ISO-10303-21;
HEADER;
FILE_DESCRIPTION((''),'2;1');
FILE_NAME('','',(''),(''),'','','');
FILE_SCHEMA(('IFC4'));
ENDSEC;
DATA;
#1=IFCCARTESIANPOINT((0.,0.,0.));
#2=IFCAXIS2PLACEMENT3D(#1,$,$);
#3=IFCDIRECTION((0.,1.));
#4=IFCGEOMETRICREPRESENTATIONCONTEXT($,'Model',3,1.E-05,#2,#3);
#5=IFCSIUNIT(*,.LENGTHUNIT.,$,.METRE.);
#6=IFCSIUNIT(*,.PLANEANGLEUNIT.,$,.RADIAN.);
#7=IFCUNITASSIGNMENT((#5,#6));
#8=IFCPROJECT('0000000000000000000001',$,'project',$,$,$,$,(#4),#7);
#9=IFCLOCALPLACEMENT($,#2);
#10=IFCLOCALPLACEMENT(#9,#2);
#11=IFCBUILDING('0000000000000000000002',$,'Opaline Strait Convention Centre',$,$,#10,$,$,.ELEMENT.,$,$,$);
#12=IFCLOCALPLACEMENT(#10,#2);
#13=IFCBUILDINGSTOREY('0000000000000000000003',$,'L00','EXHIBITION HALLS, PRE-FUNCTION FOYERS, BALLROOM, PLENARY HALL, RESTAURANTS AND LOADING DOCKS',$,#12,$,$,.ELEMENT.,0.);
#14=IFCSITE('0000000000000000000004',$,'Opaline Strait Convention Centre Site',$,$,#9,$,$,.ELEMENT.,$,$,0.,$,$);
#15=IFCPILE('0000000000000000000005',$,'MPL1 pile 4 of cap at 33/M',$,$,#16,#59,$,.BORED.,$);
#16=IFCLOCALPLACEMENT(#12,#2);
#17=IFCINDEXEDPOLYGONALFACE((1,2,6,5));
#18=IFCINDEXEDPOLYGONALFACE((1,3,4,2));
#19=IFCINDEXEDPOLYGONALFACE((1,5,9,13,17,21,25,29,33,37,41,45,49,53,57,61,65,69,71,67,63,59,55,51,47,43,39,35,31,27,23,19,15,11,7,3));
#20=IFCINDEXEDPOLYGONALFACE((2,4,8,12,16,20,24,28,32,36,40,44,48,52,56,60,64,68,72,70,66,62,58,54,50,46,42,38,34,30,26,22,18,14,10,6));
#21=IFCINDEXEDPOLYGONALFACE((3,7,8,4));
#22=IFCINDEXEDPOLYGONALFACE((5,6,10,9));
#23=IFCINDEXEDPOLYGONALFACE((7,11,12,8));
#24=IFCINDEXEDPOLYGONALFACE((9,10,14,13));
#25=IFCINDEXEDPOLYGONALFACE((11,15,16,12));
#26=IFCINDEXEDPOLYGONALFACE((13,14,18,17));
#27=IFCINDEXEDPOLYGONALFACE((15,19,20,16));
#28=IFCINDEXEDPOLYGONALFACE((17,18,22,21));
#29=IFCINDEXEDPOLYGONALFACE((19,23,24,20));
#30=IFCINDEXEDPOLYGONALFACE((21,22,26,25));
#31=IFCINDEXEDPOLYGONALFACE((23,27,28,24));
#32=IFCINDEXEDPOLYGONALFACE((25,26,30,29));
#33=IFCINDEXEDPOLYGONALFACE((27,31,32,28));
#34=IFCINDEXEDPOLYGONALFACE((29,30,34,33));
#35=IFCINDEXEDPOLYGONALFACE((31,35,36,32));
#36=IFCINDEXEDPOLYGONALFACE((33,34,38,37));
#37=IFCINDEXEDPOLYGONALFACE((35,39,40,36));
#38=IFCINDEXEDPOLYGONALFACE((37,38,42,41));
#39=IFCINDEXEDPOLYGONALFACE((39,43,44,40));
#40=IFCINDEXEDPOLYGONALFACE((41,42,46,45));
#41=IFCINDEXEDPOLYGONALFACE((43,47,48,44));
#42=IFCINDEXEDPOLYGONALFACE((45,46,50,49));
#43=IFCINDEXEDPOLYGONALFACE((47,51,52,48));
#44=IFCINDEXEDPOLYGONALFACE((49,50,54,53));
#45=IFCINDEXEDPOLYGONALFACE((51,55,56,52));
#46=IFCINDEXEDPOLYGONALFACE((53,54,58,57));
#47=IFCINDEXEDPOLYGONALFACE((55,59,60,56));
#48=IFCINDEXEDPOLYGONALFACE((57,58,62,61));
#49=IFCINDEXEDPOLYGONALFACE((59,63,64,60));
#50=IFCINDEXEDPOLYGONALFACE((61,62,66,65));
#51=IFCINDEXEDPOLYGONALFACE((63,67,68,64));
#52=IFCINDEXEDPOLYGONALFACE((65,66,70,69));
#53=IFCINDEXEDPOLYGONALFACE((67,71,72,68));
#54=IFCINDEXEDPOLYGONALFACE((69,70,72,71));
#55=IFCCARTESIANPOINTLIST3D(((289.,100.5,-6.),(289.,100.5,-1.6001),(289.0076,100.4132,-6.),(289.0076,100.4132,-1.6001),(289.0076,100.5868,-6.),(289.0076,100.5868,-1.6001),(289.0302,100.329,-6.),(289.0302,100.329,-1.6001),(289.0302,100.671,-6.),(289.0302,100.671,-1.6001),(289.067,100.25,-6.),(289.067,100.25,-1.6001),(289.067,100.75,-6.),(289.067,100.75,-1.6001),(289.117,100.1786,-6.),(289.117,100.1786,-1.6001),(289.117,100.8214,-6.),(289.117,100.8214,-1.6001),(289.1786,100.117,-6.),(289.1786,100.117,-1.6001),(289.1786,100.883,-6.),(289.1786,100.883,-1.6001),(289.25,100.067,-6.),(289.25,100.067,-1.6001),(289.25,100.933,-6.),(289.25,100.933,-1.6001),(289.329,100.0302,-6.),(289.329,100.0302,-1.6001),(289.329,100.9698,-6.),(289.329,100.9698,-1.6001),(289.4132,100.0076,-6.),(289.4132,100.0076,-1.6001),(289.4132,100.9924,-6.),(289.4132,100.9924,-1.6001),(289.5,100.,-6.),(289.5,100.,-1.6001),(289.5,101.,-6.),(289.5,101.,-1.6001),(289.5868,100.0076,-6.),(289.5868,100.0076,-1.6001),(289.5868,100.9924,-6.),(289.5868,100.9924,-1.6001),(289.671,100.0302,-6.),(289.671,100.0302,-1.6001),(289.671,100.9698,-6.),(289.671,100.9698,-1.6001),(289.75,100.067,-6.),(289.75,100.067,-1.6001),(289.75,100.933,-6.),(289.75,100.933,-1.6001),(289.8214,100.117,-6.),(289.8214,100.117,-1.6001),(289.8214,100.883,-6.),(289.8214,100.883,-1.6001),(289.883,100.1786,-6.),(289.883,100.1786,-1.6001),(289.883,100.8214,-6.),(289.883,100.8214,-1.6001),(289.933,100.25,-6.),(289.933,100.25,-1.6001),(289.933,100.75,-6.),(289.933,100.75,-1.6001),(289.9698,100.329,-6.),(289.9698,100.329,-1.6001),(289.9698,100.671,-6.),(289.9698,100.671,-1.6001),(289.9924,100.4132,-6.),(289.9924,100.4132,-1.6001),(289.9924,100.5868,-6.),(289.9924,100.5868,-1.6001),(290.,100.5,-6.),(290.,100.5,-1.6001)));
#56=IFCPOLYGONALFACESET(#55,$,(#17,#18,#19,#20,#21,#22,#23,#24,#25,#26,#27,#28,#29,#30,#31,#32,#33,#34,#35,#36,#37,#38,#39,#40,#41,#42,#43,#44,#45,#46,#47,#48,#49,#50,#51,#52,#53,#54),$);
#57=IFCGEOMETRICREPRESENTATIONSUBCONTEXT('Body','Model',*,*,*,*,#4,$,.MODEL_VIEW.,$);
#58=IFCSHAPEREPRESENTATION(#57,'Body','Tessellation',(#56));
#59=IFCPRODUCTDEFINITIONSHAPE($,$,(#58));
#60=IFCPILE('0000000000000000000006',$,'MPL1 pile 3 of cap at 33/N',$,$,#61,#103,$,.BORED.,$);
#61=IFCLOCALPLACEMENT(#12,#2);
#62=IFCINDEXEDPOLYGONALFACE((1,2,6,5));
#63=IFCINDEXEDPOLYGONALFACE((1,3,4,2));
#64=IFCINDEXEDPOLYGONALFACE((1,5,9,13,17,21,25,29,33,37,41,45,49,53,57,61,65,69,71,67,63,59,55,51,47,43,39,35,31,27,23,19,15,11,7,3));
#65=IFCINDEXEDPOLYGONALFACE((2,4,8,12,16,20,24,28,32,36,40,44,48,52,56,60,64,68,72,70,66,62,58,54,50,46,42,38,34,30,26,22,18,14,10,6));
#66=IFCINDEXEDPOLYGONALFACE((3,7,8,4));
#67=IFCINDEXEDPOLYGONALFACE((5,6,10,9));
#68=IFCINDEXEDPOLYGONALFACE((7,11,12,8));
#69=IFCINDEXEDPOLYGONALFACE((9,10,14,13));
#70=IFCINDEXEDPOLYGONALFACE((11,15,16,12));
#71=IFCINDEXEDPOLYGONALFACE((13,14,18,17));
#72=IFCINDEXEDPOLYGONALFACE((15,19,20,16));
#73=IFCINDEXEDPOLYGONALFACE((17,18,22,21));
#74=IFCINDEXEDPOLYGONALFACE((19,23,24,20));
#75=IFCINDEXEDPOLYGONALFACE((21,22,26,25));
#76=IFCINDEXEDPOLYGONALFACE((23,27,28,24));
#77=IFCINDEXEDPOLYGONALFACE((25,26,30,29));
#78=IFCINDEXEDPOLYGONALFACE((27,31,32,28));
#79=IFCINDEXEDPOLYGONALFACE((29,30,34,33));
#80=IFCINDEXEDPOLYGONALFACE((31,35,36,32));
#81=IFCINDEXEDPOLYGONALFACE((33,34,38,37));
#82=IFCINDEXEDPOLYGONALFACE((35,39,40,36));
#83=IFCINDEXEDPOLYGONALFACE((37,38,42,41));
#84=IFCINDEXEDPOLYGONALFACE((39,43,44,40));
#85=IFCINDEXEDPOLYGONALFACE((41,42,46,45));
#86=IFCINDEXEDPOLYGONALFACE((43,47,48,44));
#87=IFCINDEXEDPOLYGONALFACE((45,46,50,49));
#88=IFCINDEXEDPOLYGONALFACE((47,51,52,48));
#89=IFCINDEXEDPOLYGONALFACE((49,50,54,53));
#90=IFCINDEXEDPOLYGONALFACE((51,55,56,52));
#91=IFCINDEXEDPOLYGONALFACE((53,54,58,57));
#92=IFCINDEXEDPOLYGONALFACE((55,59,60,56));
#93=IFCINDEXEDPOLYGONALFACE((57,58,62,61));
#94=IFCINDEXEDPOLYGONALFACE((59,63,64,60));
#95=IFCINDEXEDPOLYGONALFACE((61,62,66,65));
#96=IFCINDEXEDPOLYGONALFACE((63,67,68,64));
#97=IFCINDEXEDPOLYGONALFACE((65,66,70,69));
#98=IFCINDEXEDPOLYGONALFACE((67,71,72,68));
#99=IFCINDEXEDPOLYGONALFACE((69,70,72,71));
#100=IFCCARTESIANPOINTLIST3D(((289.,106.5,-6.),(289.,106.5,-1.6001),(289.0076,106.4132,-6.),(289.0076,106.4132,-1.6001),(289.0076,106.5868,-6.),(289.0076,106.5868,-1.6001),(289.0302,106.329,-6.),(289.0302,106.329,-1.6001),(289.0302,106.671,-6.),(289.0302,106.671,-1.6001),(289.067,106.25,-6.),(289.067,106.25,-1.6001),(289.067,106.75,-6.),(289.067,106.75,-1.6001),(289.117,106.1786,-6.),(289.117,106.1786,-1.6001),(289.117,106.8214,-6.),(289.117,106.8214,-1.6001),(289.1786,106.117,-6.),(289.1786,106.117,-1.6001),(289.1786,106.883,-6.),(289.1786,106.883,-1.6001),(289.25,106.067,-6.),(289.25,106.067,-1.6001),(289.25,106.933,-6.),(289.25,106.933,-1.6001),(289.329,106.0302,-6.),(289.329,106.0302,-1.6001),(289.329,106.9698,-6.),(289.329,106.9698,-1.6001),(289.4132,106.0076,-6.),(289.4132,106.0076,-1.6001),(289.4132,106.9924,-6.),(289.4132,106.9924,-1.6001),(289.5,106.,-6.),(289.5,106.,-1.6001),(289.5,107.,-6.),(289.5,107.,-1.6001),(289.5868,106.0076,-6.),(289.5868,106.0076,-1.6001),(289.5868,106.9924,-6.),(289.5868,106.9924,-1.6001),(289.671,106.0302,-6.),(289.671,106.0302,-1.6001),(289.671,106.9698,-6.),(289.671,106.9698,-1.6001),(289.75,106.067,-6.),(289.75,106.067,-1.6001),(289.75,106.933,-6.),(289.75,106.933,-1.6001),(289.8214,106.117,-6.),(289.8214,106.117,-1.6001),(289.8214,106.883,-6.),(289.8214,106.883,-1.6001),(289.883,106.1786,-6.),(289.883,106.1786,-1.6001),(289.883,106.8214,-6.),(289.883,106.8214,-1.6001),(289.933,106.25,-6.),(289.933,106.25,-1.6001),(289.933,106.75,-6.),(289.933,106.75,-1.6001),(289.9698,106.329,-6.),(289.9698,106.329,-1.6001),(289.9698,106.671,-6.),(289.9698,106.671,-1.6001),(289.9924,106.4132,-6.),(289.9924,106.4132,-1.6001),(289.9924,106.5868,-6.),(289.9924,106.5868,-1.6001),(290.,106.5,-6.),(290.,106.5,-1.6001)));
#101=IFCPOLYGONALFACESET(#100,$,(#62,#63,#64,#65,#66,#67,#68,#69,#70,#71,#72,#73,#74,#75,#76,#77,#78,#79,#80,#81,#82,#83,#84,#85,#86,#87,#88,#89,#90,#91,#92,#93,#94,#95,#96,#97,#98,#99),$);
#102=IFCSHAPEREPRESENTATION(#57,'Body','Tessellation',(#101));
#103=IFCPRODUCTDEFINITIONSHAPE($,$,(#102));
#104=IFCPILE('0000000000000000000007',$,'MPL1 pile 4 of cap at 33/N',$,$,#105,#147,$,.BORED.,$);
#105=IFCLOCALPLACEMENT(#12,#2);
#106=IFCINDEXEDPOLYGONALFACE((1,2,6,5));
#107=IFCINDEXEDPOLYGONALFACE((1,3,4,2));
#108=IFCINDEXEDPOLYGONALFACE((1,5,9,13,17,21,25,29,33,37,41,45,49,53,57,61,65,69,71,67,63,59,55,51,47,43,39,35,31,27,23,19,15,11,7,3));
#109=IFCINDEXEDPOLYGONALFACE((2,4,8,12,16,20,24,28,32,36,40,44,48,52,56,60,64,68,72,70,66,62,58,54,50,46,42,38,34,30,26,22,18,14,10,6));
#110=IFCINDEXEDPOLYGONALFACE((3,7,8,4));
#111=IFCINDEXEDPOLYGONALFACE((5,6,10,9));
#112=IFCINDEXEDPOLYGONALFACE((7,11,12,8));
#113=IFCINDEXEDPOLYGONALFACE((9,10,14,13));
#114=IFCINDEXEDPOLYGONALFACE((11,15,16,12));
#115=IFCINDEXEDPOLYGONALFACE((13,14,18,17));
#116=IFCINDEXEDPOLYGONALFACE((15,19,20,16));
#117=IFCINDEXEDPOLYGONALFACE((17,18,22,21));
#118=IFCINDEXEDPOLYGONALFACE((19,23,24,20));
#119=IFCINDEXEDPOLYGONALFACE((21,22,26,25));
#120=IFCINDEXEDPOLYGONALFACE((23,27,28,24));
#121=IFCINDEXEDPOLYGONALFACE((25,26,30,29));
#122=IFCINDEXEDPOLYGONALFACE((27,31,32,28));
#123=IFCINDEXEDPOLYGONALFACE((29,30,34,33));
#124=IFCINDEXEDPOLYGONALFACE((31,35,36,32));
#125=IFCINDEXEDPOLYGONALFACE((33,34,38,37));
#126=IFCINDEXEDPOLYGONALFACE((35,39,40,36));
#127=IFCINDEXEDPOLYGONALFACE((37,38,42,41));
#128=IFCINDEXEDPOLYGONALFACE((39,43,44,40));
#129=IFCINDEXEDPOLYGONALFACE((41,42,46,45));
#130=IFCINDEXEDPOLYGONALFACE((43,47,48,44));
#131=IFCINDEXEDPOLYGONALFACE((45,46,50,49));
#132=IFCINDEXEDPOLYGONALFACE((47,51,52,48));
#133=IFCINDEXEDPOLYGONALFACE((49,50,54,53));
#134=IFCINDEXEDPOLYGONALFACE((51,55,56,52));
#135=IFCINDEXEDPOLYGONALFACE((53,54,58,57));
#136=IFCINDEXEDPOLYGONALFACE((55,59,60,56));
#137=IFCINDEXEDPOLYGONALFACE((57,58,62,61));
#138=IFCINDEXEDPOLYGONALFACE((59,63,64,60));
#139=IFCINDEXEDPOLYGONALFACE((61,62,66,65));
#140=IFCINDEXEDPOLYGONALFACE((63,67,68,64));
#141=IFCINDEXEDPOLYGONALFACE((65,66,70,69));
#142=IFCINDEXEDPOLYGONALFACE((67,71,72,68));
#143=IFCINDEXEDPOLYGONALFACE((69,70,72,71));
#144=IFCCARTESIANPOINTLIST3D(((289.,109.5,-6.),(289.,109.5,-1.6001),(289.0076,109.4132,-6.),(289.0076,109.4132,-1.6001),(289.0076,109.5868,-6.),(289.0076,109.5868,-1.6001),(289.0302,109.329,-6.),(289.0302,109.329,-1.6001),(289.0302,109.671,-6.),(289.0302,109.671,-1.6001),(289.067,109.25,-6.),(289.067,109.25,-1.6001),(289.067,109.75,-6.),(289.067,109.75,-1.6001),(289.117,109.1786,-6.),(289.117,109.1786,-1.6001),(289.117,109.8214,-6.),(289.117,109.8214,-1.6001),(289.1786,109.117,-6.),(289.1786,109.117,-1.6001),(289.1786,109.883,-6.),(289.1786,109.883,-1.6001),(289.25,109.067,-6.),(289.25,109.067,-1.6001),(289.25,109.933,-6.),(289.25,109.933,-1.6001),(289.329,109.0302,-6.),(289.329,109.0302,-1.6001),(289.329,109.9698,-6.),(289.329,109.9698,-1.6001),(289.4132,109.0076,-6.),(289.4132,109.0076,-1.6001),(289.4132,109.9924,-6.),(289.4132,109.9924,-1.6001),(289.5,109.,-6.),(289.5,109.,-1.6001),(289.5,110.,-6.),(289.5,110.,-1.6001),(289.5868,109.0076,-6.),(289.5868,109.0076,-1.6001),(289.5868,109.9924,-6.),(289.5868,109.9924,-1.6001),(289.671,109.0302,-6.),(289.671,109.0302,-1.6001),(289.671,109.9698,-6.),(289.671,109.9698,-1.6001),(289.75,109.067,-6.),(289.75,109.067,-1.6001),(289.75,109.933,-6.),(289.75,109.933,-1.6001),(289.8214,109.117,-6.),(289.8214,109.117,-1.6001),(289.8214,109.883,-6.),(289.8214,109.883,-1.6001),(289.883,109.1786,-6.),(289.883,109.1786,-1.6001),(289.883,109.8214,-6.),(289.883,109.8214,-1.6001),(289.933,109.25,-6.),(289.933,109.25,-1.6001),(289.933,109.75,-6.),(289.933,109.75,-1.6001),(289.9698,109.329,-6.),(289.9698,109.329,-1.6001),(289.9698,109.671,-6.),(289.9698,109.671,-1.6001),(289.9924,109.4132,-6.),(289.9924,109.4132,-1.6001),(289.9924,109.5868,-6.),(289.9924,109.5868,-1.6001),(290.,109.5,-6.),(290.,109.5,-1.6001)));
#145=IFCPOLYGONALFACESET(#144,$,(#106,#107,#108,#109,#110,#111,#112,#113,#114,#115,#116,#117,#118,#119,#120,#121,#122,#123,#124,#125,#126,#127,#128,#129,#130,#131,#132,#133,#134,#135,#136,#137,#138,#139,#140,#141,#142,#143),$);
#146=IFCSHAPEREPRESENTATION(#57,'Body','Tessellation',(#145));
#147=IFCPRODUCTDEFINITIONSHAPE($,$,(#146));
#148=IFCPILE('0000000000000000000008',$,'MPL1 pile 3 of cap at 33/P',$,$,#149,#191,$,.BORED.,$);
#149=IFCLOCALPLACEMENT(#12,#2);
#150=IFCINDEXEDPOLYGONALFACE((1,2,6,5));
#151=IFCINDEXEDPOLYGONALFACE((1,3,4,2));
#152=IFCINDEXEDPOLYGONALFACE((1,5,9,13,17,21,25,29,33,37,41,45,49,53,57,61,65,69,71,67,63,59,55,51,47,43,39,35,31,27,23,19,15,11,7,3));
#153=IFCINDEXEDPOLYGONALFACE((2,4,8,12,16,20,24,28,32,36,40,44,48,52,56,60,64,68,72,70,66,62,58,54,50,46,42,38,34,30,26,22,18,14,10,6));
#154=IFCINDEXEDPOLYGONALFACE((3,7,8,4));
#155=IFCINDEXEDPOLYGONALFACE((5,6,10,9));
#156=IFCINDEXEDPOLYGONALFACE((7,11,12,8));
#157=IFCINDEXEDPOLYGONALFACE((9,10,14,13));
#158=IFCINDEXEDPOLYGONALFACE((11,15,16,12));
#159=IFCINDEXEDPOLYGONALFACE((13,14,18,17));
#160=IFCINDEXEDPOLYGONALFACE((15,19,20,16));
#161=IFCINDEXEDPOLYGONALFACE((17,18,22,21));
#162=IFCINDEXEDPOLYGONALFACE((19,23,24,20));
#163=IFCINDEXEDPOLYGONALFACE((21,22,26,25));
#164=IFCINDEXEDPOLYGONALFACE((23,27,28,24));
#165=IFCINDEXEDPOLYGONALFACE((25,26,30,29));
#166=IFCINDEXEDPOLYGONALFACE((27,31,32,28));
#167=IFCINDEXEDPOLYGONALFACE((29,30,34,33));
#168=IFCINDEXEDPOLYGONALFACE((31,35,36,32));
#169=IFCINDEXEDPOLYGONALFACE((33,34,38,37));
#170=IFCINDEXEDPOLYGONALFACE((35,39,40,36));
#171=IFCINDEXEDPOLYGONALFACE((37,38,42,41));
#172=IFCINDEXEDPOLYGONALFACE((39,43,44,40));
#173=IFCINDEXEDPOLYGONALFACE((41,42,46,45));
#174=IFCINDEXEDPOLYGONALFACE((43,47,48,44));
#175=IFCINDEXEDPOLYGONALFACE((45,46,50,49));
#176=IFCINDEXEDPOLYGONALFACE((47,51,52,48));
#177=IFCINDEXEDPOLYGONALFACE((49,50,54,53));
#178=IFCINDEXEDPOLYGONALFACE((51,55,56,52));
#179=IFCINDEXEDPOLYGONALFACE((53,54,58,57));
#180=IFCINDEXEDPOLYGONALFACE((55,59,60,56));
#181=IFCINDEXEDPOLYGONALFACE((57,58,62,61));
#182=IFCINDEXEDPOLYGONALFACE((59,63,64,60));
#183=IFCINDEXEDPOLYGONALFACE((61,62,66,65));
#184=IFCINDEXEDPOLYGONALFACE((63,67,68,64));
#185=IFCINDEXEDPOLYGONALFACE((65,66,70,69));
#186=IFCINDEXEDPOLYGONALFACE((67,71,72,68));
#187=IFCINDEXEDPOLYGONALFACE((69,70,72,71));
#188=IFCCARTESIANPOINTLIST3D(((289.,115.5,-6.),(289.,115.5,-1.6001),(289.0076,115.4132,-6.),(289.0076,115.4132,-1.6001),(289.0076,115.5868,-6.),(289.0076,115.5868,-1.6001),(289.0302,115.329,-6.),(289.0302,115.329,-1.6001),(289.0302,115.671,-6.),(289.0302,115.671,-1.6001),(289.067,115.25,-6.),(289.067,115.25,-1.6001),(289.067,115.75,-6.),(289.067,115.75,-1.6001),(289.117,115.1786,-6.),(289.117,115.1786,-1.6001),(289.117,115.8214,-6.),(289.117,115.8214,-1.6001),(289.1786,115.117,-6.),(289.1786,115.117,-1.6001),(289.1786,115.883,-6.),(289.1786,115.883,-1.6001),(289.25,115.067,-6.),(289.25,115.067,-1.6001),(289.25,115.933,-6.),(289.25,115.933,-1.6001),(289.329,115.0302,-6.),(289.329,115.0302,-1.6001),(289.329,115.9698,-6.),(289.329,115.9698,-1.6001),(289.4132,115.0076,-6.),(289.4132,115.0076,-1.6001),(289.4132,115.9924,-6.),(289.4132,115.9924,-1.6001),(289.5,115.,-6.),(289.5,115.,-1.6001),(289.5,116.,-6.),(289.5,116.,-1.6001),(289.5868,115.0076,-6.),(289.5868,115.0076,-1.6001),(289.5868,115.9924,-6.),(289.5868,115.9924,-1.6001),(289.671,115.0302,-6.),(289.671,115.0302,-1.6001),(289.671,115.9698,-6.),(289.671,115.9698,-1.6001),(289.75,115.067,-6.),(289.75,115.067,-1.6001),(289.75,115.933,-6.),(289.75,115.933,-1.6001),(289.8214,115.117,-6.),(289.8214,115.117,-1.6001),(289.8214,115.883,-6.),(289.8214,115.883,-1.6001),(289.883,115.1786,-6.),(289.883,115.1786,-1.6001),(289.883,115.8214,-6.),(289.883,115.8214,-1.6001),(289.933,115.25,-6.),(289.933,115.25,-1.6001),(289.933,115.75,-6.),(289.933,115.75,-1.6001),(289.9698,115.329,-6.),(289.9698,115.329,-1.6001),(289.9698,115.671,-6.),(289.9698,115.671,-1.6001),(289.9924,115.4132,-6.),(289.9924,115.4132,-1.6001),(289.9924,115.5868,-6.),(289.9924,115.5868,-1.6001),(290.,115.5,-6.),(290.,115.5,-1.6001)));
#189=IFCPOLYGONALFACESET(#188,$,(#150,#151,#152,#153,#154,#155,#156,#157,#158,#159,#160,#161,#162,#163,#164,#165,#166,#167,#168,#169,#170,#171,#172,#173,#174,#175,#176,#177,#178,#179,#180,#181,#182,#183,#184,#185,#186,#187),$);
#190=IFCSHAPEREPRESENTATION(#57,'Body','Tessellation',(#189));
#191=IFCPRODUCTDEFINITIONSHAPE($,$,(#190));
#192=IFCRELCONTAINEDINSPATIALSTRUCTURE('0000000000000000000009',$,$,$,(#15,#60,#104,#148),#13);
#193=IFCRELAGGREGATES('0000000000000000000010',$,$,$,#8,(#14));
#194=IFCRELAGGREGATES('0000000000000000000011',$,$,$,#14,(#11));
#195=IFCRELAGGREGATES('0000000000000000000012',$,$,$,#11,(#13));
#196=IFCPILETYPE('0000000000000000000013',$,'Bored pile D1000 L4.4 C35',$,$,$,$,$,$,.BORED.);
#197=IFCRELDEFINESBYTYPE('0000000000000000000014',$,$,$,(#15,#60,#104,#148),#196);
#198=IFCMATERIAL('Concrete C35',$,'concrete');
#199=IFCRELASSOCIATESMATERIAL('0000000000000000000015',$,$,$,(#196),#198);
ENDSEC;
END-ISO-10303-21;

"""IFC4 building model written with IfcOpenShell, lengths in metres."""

from ifc_helpers import new_model, si_unit, direction, frame, origin, origin_2d, place, context, subcontext, project, spatial, circle, extrude, material, material_profile, profile_set, type_object, element, save


model = new_model("IFC4")

# Units and contexts
model_context = context("Model", 3, precision=1e-05, world=origin(), true_north=direction((0.0, 1.0)))
body_context = subcontext(model_context, "Body", "Model", "MODEL_VIEW")
ifc_project = project(units=[si_unit("LENGTHUNIT", "METRE"), si_unit("PLANEANGLEUNIT", "RADIAN")], contexts=[model_context])

# Site, building, storey
site_placement = place(None, origin())
site = spatial("IfcSite", under=ifc_project, at=site_placement, Name="Opaline Strait Convention Centre Site", CompositionType="ELEMENT", RefElevation=0.0)
building_placement = place(site_placement, origin())
building = spatial("IfcBuilding", under=site, at=building_placement, Name="Opaline Strait Convention Centre", CompositionType="ELEMENT")
storey_placement = place(building_placement, origin())
storey = spatial("IfcBuildingStorey", under=building, at=storey_placement, Name="L00", Description="EXHIBITION HALLS, PRE-FUNCTION FOYERS, BALLROOM, PLENARY HALL, RESTAURANTS AND LOADING DOCKS", CompositionType="ELEMENT", Elevation=0.0)

# Piles
ifc_material_1 = material(Name="Concrete C35", Category="concrete")
ifc_material_profile_1 = material_profile(ifc_material_1, circle(Radius=0.5, at=origin_2d()), Name="D1000")
ifc_profile_set_1 = profile_set([ifc_material_profile_1], Name="Concrete C35")
pile_type = type_object("IfcPileType", Name="Bored pile D1000 L4.4 C35", PredefinedType="BORED", material=ifc_profile_set_1)
for number, where, z_axis, x_axis, name in (
    (1, (289.5, 100.5, -1.6001), (0.0, 0.0, -1.0), (1.0, 0.0, 0.0), "MPL1 pile 4 of cap at 33/M"),
    (2, (289.5, 106.5, -1.6001), (0.0, 0.0, -1.0), (1.0, 0.0, 0.0), "MPL1 pile 3 of cap at 33/N"),
    (3, (289.5, 109.5, -1.6001), (0.0, 0.0, -1.0), (1.0, 0.0, 0.0), "MPL1 pile 4 of cap at 33/N"),
    (4, (289.5, 115.5, -1.6001), (0.0, 0.0, -1.0), (1.0, 0.0, 0.0), "MPL1 pile 3 of cap at 33/P"),
):
    element("IfcPile", number, at=place(storey_placement, frame(where, z_axis=z_axis, x_axis=x_axis)), inside=storey, type_object=pile_type, Name=name, PredefinedType="BORED", context=body_context, shape_type="SweptSolid", body=[
        extrude(circle(Radius=0.5, at=origin_2d()), origin(), (0.0, 0.0, 1.0), 4.3999),
    ])

save(model, "model.ifc")
